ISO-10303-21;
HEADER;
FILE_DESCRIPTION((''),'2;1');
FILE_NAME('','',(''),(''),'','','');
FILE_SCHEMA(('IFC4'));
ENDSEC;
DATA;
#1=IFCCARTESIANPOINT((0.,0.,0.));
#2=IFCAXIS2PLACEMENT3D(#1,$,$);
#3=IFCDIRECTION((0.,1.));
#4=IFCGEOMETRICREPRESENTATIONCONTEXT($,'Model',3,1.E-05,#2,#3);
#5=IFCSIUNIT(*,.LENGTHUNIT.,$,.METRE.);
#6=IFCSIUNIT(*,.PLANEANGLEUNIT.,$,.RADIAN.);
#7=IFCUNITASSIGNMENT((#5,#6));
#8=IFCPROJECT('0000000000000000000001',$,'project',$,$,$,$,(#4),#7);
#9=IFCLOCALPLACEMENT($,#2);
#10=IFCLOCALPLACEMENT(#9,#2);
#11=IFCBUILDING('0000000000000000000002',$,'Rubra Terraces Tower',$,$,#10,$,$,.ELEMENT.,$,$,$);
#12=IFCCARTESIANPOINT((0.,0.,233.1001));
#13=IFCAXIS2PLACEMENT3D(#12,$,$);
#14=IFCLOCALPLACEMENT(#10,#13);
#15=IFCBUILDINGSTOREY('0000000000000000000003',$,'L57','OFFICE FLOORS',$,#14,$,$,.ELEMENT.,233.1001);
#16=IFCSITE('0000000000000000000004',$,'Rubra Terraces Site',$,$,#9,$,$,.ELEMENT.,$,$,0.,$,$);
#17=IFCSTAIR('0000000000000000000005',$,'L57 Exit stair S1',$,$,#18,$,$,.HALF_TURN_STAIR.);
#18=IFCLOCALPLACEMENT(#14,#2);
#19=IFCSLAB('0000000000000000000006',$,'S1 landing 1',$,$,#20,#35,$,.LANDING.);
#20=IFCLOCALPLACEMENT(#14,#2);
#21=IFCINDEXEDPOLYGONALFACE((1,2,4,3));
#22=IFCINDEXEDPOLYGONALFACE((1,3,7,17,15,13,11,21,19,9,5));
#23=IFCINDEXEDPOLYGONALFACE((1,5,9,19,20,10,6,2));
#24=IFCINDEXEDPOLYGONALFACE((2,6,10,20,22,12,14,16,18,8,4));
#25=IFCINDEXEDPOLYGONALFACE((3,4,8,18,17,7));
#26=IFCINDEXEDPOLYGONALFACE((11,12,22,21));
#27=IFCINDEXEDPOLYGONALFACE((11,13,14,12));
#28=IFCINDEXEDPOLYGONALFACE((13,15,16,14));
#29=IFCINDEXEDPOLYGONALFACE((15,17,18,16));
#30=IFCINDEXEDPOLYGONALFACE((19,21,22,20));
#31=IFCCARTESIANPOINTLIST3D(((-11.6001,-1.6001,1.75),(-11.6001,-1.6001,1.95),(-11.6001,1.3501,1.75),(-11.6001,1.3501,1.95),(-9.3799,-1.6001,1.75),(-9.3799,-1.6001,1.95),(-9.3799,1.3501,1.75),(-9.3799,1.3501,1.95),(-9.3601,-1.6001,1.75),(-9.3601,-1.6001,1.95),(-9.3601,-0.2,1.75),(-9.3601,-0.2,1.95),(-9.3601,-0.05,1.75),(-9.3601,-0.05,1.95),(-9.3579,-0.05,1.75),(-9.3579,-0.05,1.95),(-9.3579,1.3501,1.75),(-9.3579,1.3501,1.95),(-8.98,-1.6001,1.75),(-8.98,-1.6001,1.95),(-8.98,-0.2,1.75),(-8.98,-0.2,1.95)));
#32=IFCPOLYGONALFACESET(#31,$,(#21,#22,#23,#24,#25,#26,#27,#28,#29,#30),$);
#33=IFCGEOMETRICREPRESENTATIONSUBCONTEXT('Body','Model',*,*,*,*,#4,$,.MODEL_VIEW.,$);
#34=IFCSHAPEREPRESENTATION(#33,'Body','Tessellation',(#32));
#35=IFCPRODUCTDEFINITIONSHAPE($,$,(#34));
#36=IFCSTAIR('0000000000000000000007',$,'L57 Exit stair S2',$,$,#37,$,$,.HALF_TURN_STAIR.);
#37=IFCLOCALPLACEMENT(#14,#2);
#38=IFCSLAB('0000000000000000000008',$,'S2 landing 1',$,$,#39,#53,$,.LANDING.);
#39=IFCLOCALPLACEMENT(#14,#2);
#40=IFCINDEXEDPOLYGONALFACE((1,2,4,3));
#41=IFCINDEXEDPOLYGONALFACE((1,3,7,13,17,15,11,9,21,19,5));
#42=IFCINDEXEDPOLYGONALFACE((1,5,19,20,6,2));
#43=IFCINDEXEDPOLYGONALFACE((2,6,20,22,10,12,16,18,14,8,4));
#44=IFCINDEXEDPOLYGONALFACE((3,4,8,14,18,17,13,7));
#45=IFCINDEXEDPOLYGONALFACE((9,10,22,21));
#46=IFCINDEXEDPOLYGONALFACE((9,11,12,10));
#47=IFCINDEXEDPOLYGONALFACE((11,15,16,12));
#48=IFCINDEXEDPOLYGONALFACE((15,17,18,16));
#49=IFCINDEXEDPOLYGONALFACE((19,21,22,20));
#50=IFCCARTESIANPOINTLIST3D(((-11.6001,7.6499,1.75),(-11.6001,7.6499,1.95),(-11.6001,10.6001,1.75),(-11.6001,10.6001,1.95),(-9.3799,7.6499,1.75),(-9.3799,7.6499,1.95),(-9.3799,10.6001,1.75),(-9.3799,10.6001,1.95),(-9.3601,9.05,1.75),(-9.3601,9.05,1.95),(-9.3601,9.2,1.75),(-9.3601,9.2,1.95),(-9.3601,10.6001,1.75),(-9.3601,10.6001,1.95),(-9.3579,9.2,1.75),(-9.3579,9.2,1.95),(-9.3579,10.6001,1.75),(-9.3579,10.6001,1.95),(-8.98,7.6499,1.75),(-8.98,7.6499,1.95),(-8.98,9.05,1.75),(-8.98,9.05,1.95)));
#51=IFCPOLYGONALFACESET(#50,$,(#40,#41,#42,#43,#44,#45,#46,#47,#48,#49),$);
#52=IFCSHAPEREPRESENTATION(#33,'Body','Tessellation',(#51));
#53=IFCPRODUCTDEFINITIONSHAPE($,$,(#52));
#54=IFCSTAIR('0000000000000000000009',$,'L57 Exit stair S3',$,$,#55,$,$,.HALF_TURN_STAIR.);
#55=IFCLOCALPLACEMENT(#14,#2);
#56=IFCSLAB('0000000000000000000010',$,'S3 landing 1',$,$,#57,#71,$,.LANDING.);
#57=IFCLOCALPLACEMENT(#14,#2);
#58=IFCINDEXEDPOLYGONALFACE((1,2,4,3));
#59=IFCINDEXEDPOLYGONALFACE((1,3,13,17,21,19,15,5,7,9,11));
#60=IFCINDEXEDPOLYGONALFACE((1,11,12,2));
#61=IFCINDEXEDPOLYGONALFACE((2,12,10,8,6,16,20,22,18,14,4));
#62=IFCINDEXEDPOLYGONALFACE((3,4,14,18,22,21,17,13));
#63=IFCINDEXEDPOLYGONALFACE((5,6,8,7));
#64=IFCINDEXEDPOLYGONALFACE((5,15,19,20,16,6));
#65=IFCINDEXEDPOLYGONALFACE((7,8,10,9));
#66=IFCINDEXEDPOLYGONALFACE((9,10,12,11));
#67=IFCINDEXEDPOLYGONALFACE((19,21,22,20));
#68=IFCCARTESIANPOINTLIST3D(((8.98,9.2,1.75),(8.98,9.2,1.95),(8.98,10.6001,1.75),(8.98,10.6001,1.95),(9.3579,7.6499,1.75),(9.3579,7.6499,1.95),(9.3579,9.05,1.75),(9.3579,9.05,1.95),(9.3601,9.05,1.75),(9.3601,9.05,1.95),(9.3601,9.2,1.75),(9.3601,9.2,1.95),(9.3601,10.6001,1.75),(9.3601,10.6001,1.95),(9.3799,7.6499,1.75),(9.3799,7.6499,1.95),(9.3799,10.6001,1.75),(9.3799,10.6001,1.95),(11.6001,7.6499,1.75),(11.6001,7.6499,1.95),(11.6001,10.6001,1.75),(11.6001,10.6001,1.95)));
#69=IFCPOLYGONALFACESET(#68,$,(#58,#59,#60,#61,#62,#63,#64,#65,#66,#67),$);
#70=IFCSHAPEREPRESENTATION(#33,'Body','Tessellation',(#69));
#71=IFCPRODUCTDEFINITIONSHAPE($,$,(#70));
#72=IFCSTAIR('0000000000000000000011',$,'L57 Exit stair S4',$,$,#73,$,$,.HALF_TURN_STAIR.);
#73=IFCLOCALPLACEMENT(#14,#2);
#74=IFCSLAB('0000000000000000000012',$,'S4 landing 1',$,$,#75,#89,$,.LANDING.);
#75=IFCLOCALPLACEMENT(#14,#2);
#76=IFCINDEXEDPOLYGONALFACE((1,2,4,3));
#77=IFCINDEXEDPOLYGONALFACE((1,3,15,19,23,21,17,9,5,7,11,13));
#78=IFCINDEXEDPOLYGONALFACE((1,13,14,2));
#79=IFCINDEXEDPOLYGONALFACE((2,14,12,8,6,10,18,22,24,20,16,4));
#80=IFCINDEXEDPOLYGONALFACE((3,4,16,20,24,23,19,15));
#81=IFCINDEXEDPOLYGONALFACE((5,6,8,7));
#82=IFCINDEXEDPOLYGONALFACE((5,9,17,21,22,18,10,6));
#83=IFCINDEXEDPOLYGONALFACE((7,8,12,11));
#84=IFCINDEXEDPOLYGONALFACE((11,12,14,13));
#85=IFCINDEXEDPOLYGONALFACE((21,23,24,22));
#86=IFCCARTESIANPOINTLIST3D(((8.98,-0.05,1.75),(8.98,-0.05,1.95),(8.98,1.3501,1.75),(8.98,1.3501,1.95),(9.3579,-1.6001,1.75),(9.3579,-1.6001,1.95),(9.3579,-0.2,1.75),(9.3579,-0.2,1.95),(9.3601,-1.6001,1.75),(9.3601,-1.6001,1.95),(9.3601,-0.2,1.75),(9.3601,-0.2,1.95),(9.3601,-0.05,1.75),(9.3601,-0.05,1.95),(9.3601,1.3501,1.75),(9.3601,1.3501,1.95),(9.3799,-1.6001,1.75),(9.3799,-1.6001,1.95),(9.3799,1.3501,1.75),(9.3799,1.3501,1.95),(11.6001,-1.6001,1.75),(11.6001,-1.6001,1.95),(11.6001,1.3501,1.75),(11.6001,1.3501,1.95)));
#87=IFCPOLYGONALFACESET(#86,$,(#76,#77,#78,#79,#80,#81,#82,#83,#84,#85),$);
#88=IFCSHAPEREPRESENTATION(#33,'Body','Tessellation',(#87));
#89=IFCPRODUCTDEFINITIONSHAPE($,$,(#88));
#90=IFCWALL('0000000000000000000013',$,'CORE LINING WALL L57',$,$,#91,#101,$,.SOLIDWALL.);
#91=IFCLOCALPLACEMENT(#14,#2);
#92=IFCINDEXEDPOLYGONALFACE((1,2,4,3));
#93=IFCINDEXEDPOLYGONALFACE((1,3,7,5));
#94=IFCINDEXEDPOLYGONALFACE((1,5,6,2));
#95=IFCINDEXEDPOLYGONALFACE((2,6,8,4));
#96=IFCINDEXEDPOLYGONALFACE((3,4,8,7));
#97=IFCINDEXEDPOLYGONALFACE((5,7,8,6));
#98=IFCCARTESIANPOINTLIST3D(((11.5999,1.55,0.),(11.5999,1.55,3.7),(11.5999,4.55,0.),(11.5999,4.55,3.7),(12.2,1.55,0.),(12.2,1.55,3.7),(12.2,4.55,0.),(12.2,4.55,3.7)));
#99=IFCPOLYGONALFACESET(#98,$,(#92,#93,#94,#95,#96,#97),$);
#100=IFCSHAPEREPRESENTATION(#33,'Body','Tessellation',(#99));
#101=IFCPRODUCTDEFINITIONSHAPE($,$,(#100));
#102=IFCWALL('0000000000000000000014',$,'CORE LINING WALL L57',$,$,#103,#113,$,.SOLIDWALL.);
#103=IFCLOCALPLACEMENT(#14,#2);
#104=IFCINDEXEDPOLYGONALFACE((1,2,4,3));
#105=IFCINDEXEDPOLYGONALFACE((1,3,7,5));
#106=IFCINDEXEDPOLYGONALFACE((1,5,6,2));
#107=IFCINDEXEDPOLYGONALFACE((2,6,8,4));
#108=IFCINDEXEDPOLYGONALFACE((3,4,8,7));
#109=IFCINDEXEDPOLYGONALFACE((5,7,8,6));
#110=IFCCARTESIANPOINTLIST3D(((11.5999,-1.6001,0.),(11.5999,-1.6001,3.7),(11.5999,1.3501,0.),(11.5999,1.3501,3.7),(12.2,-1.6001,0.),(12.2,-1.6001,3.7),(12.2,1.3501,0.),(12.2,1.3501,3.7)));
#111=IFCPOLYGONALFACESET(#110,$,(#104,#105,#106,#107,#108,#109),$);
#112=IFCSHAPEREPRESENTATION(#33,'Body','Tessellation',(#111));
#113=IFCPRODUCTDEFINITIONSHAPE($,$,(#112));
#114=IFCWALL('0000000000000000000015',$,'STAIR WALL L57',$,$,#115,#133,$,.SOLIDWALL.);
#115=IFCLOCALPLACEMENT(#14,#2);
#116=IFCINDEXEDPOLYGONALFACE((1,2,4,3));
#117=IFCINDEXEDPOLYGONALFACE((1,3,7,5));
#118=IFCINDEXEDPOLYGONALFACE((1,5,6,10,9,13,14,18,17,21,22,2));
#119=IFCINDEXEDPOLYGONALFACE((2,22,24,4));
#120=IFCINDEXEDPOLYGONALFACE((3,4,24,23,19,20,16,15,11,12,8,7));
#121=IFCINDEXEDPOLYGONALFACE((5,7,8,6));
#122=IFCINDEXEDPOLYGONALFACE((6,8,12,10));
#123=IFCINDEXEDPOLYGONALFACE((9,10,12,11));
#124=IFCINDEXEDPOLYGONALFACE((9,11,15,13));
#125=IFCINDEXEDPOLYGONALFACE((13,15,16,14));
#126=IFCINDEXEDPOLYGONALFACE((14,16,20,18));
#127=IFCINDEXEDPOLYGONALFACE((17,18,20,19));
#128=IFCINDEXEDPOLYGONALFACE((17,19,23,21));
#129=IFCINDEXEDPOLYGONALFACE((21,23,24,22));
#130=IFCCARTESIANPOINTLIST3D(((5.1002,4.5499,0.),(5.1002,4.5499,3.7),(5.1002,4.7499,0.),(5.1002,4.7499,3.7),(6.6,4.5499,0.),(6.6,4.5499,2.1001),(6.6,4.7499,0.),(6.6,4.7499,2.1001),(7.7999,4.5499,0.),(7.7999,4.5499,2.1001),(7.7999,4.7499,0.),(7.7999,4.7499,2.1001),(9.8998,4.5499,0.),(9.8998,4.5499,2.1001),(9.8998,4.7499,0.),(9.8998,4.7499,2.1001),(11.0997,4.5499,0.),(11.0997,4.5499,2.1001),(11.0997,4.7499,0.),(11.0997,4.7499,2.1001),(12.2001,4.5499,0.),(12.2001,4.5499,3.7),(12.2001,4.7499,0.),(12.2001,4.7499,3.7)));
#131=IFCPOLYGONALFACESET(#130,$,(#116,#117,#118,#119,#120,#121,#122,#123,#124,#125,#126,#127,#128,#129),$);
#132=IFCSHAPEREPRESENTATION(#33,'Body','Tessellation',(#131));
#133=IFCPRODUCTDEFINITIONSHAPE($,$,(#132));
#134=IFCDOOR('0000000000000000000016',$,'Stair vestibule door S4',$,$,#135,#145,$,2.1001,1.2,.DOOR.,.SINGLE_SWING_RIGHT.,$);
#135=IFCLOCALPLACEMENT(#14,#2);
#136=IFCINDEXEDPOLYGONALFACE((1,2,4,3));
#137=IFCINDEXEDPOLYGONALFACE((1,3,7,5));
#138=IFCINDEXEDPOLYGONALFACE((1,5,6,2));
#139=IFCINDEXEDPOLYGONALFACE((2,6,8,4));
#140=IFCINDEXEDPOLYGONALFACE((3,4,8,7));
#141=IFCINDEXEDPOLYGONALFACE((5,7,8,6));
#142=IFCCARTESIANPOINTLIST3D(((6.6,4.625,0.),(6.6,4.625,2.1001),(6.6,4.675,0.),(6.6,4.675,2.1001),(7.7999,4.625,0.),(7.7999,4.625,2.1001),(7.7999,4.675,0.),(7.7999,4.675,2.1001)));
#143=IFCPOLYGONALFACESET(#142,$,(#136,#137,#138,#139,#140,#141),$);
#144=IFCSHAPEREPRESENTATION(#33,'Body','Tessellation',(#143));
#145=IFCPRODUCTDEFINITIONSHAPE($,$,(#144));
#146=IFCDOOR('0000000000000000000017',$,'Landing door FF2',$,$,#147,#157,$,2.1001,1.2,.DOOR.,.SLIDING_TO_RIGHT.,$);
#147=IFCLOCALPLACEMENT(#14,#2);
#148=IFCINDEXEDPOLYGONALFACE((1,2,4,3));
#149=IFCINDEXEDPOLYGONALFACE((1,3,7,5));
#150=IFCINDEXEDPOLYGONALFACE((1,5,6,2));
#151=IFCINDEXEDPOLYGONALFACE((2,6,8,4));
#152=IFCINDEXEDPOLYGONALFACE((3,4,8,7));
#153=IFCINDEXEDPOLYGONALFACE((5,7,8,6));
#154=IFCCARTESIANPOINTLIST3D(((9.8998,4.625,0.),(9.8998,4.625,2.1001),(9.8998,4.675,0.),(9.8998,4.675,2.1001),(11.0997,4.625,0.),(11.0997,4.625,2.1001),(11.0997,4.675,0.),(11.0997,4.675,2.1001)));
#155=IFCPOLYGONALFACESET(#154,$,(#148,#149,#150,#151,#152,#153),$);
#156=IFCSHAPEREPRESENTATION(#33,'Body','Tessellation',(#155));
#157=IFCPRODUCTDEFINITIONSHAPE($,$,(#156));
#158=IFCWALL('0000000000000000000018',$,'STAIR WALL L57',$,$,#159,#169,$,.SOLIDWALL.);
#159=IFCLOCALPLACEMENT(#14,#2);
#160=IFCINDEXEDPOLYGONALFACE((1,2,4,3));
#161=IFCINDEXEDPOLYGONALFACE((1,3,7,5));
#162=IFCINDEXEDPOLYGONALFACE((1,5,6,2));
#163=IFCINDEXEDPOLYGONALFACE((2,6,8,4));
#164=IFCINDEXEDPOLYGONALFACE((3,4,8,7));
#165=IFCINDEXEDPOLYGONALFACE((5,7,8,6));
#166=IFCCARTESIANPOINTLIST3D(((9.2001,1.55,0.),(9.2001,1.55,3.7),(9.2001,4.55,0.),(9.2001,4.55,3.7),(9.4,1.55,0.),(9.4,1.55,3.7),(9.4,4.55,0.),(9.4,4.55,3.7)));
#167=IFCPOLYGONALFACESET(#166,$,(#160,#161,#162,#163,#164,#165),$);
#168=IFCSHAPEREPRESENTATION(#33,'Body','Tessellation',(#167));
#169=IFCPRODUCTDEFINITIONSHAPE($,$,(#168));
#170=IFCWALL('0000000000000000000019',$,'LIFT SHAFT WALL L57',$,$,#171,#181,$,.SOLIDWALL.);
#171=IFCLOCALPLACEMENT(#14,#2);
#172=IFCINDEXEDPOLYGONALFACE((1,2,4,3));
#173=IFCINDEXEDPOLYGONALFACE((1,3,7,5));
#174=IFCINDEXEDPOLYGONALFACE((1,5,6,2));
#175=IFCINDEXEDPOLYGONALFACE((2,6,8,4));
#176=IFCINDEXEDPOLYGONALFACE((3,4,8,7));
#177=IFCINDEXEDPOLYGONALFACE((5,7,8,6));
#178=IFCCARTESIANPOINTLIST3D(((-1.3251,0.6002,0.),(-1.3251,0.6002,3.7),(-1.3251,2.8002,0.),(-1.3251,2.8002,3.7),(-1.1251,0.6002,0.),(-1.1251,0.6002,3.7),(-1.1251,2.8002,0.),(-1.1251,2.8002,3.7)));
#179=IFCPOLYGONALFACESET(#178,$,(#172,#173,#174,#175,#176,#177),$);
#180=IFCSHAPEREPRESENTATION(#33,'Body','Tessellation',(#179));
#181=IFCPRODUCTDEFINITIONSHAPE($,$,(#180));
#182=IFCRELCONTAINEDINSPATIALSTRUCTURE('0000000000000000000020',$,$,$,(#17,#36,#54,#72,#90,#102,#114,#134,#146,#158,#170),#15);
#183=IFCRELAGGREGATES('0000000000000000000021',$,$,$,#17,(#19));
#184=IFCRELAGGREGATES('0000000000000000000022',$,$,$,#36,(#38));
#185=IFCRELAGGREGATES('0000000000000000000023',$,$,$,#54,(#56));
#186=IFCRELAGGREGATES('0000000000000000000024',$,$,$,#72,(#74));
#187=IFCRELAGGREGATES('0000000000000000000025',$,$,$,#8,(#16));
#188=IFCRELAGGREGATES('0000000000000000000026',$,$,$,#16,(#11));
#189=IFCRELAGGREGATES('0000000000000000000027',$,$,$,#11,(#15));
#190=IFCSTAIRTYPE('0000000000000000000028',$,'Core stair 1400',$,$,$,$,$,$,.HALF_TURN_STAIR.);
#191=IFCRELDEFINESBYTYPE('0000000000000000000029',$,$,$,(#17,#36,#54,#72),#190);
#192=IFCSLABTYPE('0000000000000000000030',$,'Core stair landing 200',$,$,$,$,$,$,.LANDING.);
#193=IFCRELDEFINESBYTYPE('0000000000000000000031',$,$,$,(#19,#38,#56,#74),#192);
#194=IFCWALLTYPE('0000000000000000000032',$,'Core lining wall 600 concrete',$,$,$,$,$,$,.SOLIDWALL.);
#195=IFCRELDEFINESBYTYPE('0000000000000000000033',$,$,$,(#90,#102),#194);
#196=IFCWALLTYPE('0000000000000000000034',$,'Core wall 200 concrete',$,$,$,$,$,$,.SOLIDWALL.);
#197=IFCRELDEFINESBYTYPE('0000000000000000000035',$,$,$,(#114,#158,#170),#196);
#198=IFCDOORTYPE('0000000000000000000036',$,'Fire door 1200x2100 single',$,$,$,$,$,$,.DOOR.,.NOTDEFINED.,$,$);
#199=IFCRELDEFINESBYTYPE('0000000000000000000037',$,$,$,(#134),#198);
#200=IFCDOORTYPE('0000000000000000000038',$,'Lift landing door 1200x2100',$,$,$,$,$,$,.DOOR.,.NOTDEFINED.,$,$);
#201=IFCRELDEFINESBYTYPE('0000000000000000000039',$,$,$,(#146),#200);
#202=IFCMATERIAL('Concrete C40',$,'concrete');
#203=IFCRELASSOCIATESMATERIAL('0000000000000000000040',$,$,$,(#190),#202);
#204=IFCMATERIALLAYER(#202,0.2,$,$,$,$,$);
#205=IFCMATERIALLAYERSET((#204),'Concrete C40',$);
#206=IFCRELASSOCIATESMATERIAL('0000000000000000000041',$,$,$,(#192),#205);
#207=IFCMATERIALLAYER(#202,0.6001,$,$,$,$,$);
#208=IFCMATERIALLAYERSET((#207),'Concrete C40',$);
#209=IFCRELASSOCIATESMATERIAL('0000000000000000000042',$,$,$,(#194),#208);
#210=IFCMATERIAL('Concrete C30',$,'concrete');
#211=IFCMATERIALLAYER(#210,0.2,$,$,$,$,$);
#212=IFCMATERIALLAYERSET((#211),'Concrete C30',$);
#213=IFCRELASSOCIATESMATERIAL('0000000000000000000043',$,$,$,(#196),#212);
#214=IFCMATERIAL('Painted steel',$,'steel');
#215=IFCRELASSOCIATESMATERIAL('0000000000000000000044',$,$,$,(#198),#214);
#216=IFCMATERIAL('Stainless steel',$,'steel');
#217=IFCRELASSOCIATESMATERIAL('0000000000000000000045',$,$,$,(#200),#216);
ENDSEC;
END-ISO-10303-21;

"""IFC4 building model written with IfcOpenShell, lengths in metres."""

from ifc_helpers import new_model, si_unit, direction, frame, frame_2d, origin, place, context, subcontext, project, spatial, polyline, rectangle, outline, extrude, material, layer, layer_set, type_object, element, fill, aggregate, save


model = new_model("IFC4")

# Units and contexts
model_context = context("Model", 3, precision=1e-05, world=origin(), true_north=direction((0.0, 1.0)))
body_context = subcontext(model_context, "Body", "Model", "MODEL_VIEW")
ifc_project = project(units=[si_unit("LENGTHUNIT", "METRE"), si_unit("PLANEANGLEUNIT", "RADIAN")], contexts=[model_context])

# Site, building, storey
site_placement = place(None, origin())
site = spatial("IfcSite", under=ifc_project, at=site_placement, Name="Rubra Terraces Site", CompositionType="ELEMENT", RefElevation=0.0)
building_placement = place(site_placement, origin())
building = spatial("IfcBuilding", under=site, at=building_placement, Name="Rubra Terraces Tower", CompositionType="ELEMENT")
storey_placement = place(building_placement, frame((0.0, 0.0, 233.1001)))
storey = spatial("IfcBuildingStorey", under=building, at=storey_placement, Name="L57", Description="OFFICE FLOORS", CompositionType="ELEMENT", Elevation=233.1001)

# Stairs, slabs
ifc_material_1 = material(Name="Concrete C40", Category="concrete")
stair_type = type_object("IfcStairType", Name="Core stair 1400", PredefinedType="HALF_TURN_STAIR", material=ifc_material_1)
stair_1_placement = place(storey_placement, origin())
stair_1 = element("IfcStair", 1, at=stair_1_placement, inside=storey, type_object=stair_type, Name="L57 Exit stair S1", PredefinedType="HALF_TURN_STAIR")
ifc_layer_1 = layer(ifc_material_1, 0.2)
ifc_layer_set_1 = layer_set([ifc_layer_1], Name="Concrete C40")
slab_type = type_object("IfcSlabType", Name="Core stair landing 200", PredefinedType="LANDING", material=ifc_layer_set_1)
slab_1_placement = place(storey_placement, frame((0.0, 0.0, 1.75)))
slab_1 = element("IfcSlab", 2, at=slab_1_placement, type_object=slab_type, Name="S1 landing 1", PredefinedType="LANDING", context=body_context, shape_type="SweptSolid", body=[
    extrude(outline(polyline([(-8.98, -0.2), (-8.98, -1.6001), (-9.3601, -1.6001), (-9.3799, -1.6001), (-11.6001, -1.6001), (-11.6001, 1.3501), (-9.3799, 1.3501), (-9.3579, 1.3501), (-9.3579, -0.05), (-9.3601, -0.05), (-9.3601, -0.2), (-8.98, -0.2)])), origin(), (0.0, 0.0, 1.0), 0.2),
])
aggregate(stair_1, [slab_1])
stair_2_placement = place(storey_placement, origin())
stair_2 = element("IfcStair", 3, at=stair_2_placement, inside=storey, type_object=stair_type, Name="L57 Exit stair S2", PredefinedType="HALF_TURN_STAIR")
slab_2_placement = place(storey_placement, frame((0.0, 0.0, 1.75)))
slab_2 = element("IfcSlab", 4, at=slab_2_placement, type_object=slab_type, Name="S2 landing 1", PredefinedType="LANDING", context=body_context, shape_type="SweptSolid", body=[
    extrude(outline(polyline([(-8.98, 9.05), (-8.98, 7.6499), (-9.3799, 7.6499), (-11.6001, 7.6499), (-11.6001, 10.6001), (-9.3799, 10.6001), (-9.3601, 10.6001), (-9.3579, 10.6001), (-9.3579, 9.2), (-9.3601, 9.2), (-9.3601, 9.05), (-8.98, 9.05)])), origin(), (0.0, 0.0, 1.0), 0.2),
])
aggregate(stair_2, [slab_2])
stair_3_placement = place(storey_placement, origin())
stair_3 = element("IfcStair", 5, at=stair_3_placement, inside=storey, type_object=stair_type, Name="L57 Exit stair S3", PredefinedType="HALF_TURN_STAIR")
slab_3_placement = place(storey_placement, frame((0.0, 0.0, 1.75)))
slab_3 = element("IfcSlab", 6, at=slab_3_placement, type_object=slab_type, Name="S3 landing 1", PredefinedType="LANDING", context=body_context, shape_type="SweptSolid", body=[
    extrude(outline(polyline([(9.3601, 9.05), (9.3601, 9.2), (8.98, 9.2), (8.98, 10.6001), (9.3601, 10.6001), (9.3799, 10.6001), (11.6001, 10.6001), (11.6001, 7.6499), (9.3799, 7.6499), (9.3579, 7.6499), (9.3579, 9.05), (9.3601, 9.05)])), origin(), (0.0, 0.0, 1.0), 0.2),
])
stair_4_placement = place(storey_placement, origin())
stair_4 = element("IfcStair", 7, at=stair_4_placement, inside=storey, type_object=stair_type, Name="L57 Exit stair S4", PredefinedType="HALF_TURN_STAIR")
slab_4_placement = place(storey_placement, frame((0.0, 0.0, 1.75)))
slab_4 = element("IfcSlab", 8, at=slab_4_placement, type_object=slab_type, Name="S4 landing 1", PredefinedType="LANDING", context=body_context, shape_type="SweptSolid", body=[
    extrude(outline(polyline([(9.3601, -0.2), (9.3601, -0.05), (8.98, -0.05), (8.98, 1.3501), (9.3601, 1.3501), (9.3799, 1.3501), (11.6001, 1.3501), (11.6001, -1.6001), (9.3799, -1.6001), (9.3601, -1.6001), (9.3579, -1.6001), (9.3579, -0.2), (9.3601, -0.2)])), origin(), (0.0, 0.0, 1.0), 0.2),
])

# Walls
ifc_layer_2 = layer(ifc_material_1, 0.6001)
ifc_layer_set_2 = layer_set([ifc_layer_2], Name="Concrete C40")
wall_type_1 = type_object("IfcWallType", Name="Core lining wall 600 concrete", PredefinedType="SOLIDWALL", material=ifc_layer_set_2)
wall_1_placement = place(storey_placement, frame((11.8999, 4.55, 0.0), z_axis=(0.0, 0.0, 1.0), x_axis=(0.0, -1.0, 0.0)))
element("IfcWall", 9, at=wall_1_placement, inside=storey, type_object=wall_type_1, Name="CORE LINING WALL L57", PredefinedType="SOLIDWALL", context=body_context, shape_type="SweptSolid", body=[
    extrude(rectangle(XDim=3.0, YDim=0.6001, at=frame_2d((1.5, 0.0))), origin(), (0.0, 0.0, 1.0), 3.7),
])
wall_2_placement = place(storey_placement, frame((11.8999, 1.3501, 0.0), z_axis=(0.0, 0.0, 1.0), x_axis=(0.0, -1.0, 0.0)))
element("IfcWall", 10, at=wall_2_placement, inside=storey, type_object=wall_type_1, Name="CORE LINING WALL L57", PredefinedType="SOLIDWALL", context=body_context, shape_type="SweptSolid", body=[
    extrude(rectangle(XDim=2.9502, YDim=0.6001, at=frame_2d((1.4751, 0.0))), origin(), (0.0, 0.0, 1.0), 3.7),
])

# Wall, openings, doors
ifc_material_2 = material(Name="Concrete C30", Category="concrete")
ifc_layer_3 = layer(ifc_material_2, 0.2)
ifc_layer_set_3 = layer_set([ifc_layer_3], Name="Concrete C30")
wall_type_2 = type_object("IfcWallType", Name="Core wall 200 concrete", PredefinedType="SOLIDWALL", material=ifc_layer_set_3)
wall_3_placement = place(storey_placement, frame((12.2, 4.6499, 0.0), z_axis=(0.0, 0.0, 1.0), x_axis=(-1.0, 0.0, 0.0)))
wall_3 = element("IfcWall", 11, at=wall_3_placement, inside=storey, type_object=wall_type_2, Name="STAIR WALL L57", PredefinedType="SOLIDWALL", context=body_context, shape_type="SweptSolid", body=[
    extrude(rectangle(XDim=7.0999, YDim=0.2, at=frame_2d((3.5498, 0.0))), origin(), (0.0, 0.0, 1.0), 3.7),
])
opening_1_placement = place(wall_3_placement, frame((4.3999, 0.0, 0.0)))
opening_1 = element("IfcOpeningElement", 12, at=opening_1_placement, cuts=wall_3, PredefinedType="OPENING", context=body_context, shape_type="SweptSolid", body=[
    extrude(rectangle(XDim=1.2, YDim=2.1001, at=frame_2d((0.6001, 1.05))), frame((0.0, 0.1099, 0.0), z_axis=(0.0, -1.0, 0.0), x_axis=(1.0, 0.0, 0.0)), (0.0, 0.0, 1.0), 0.22),
])
opening_2_placement = place(wall_3_placement, frame((1.1001, 0.0, 0.0)))
opening_2 = element("IfcOpeningElement", 13, at=opening_2_placement, cuts=wall_3, PredefinedType="OPENING", context=body_context, shape_type="SweptSolid", body=[
    extrude(rectangle(XDim=1.2, YDim=2.1001, at=frame_2d((0.6001, 1.05))), frame((0.0, 0.1099, 0.0), z_axis=(0.0, -1.0, 0.0), x_axis=(1.0, 0.0, 0.0)), (0.0, 0.0, 1.0), 0.22),
])
ifc_material_3 = material(Name="Painted steel", Category="steel")
door_type_1 = type_object("IfcDoorType", Name="Fire door 1200x2100 single", OperationType="NOTDEFINED", PredefinedType="DOOR", material=ifc_material_3)
door_1_placement = place(opening_1_placement, origin())
door_1 = element("IfcDoor", 14, at=door_1_placement, inside=storey, type_object=door_type_1, Name="Stair vestibule door S4", OperationType="SINGLE_SWING_RIGHT", OverallHeight=2.1001, OverallWidth=1.2, PredefinedType="DOOR", context=body_context, shape_type="SweptSolid", body=[
    extrude(rectangle(XDim=1.2, YDim=2.1001, at=frame_2d((0.6001, 1.05))), frame((0.0, 0.0249, 0.0), z_axis=(0.0, -1.0, 0.0), x_axis=(1.0, 0.0, 0.0)), (0.0, 0.0, 1.0), 0.05),
])
fill(opening_1, door_1)
ifc_material_4 = material(Name="Stainless steel", Category="steel")
door_type_2 = type_object("IfcDoorType", Name="Lift landing door 1200x2100", OperationType="NOTDEFINED", PredefinedType="DOOR", material=ifc_material_4)
door_2_placement = place(opening_2_placement, origin())
door_2 = element("IfcDoor", 15, at=door_2_placement, inside=storey, type_object=door_type_2, Name="Landing door FF2", OperationType="SLIDING_TO_RIGHT", OverallHeight=2.1001, OverallWidth=1.2, PredefinedType="DOOR", context=body_context, shape_type="SweptSolid", body=[
    extrude(rectangle(XDim=1.2, YDim=2.1001, at=frame_2d((0.6001, 1.05))), frame((0.0, 0.0249, 0.0), z_axis=(0.0, -1.0, 0.0), x_axis=(1.0, 0.0, 0.0)), (0.0, 0.0, 1.0), 0.05),
])
fill(opening_2, door_2)

# Walls
wall_4_placement = place(storey_placement, frame((9.3, 4.55, 0.0), z_axis=(0.0, 0.0, 1.0), x_axis=(0.0, -1.0, 0.0)))
element("IfcWall", 16, at=wall_4_placement, inside=storey, type_object=wall_type_2, Name="STAIR WALL L57", PredefinedType="SOLIDWALL", context=body_context, shape_type="SweptSolid", body=[
    extrude(rectangle(XDim=3.0, YDim=0.2, at=frame_2d((1.5, 0.0))), origin(), (0.0, 0.0, 1.0), 3.7),
])
for number, where, z_axis, x_axis, name in (
    (17, (-1.2251, 0.6001, 0.0), (0.0, 0.0, 1.0), (0.0, 1.0, 0.0), "LIFT SHAFT WALL L57"),
):
    element("IfcWall", number, at=place(storey_placement, frame(where, z_axis=z_axis, x_axis=x_axis)), inside=storey, type_object=wall_type_2, Name=name, PredefinedType="SOLIDWALL", context=body_context, shape_type="SweptSolid", body=[
        extrude(rectangle(XDim=2.2, YDim=0.2, at=frame_2d((1.1001, 0.0))), origin(), (0.0, 0.0, 1.0), 3.7),
    ])

aggregate(stair_3, [slab_3])
aggregate(stair_4, [slab_4])

save(model, "model.ifc")
